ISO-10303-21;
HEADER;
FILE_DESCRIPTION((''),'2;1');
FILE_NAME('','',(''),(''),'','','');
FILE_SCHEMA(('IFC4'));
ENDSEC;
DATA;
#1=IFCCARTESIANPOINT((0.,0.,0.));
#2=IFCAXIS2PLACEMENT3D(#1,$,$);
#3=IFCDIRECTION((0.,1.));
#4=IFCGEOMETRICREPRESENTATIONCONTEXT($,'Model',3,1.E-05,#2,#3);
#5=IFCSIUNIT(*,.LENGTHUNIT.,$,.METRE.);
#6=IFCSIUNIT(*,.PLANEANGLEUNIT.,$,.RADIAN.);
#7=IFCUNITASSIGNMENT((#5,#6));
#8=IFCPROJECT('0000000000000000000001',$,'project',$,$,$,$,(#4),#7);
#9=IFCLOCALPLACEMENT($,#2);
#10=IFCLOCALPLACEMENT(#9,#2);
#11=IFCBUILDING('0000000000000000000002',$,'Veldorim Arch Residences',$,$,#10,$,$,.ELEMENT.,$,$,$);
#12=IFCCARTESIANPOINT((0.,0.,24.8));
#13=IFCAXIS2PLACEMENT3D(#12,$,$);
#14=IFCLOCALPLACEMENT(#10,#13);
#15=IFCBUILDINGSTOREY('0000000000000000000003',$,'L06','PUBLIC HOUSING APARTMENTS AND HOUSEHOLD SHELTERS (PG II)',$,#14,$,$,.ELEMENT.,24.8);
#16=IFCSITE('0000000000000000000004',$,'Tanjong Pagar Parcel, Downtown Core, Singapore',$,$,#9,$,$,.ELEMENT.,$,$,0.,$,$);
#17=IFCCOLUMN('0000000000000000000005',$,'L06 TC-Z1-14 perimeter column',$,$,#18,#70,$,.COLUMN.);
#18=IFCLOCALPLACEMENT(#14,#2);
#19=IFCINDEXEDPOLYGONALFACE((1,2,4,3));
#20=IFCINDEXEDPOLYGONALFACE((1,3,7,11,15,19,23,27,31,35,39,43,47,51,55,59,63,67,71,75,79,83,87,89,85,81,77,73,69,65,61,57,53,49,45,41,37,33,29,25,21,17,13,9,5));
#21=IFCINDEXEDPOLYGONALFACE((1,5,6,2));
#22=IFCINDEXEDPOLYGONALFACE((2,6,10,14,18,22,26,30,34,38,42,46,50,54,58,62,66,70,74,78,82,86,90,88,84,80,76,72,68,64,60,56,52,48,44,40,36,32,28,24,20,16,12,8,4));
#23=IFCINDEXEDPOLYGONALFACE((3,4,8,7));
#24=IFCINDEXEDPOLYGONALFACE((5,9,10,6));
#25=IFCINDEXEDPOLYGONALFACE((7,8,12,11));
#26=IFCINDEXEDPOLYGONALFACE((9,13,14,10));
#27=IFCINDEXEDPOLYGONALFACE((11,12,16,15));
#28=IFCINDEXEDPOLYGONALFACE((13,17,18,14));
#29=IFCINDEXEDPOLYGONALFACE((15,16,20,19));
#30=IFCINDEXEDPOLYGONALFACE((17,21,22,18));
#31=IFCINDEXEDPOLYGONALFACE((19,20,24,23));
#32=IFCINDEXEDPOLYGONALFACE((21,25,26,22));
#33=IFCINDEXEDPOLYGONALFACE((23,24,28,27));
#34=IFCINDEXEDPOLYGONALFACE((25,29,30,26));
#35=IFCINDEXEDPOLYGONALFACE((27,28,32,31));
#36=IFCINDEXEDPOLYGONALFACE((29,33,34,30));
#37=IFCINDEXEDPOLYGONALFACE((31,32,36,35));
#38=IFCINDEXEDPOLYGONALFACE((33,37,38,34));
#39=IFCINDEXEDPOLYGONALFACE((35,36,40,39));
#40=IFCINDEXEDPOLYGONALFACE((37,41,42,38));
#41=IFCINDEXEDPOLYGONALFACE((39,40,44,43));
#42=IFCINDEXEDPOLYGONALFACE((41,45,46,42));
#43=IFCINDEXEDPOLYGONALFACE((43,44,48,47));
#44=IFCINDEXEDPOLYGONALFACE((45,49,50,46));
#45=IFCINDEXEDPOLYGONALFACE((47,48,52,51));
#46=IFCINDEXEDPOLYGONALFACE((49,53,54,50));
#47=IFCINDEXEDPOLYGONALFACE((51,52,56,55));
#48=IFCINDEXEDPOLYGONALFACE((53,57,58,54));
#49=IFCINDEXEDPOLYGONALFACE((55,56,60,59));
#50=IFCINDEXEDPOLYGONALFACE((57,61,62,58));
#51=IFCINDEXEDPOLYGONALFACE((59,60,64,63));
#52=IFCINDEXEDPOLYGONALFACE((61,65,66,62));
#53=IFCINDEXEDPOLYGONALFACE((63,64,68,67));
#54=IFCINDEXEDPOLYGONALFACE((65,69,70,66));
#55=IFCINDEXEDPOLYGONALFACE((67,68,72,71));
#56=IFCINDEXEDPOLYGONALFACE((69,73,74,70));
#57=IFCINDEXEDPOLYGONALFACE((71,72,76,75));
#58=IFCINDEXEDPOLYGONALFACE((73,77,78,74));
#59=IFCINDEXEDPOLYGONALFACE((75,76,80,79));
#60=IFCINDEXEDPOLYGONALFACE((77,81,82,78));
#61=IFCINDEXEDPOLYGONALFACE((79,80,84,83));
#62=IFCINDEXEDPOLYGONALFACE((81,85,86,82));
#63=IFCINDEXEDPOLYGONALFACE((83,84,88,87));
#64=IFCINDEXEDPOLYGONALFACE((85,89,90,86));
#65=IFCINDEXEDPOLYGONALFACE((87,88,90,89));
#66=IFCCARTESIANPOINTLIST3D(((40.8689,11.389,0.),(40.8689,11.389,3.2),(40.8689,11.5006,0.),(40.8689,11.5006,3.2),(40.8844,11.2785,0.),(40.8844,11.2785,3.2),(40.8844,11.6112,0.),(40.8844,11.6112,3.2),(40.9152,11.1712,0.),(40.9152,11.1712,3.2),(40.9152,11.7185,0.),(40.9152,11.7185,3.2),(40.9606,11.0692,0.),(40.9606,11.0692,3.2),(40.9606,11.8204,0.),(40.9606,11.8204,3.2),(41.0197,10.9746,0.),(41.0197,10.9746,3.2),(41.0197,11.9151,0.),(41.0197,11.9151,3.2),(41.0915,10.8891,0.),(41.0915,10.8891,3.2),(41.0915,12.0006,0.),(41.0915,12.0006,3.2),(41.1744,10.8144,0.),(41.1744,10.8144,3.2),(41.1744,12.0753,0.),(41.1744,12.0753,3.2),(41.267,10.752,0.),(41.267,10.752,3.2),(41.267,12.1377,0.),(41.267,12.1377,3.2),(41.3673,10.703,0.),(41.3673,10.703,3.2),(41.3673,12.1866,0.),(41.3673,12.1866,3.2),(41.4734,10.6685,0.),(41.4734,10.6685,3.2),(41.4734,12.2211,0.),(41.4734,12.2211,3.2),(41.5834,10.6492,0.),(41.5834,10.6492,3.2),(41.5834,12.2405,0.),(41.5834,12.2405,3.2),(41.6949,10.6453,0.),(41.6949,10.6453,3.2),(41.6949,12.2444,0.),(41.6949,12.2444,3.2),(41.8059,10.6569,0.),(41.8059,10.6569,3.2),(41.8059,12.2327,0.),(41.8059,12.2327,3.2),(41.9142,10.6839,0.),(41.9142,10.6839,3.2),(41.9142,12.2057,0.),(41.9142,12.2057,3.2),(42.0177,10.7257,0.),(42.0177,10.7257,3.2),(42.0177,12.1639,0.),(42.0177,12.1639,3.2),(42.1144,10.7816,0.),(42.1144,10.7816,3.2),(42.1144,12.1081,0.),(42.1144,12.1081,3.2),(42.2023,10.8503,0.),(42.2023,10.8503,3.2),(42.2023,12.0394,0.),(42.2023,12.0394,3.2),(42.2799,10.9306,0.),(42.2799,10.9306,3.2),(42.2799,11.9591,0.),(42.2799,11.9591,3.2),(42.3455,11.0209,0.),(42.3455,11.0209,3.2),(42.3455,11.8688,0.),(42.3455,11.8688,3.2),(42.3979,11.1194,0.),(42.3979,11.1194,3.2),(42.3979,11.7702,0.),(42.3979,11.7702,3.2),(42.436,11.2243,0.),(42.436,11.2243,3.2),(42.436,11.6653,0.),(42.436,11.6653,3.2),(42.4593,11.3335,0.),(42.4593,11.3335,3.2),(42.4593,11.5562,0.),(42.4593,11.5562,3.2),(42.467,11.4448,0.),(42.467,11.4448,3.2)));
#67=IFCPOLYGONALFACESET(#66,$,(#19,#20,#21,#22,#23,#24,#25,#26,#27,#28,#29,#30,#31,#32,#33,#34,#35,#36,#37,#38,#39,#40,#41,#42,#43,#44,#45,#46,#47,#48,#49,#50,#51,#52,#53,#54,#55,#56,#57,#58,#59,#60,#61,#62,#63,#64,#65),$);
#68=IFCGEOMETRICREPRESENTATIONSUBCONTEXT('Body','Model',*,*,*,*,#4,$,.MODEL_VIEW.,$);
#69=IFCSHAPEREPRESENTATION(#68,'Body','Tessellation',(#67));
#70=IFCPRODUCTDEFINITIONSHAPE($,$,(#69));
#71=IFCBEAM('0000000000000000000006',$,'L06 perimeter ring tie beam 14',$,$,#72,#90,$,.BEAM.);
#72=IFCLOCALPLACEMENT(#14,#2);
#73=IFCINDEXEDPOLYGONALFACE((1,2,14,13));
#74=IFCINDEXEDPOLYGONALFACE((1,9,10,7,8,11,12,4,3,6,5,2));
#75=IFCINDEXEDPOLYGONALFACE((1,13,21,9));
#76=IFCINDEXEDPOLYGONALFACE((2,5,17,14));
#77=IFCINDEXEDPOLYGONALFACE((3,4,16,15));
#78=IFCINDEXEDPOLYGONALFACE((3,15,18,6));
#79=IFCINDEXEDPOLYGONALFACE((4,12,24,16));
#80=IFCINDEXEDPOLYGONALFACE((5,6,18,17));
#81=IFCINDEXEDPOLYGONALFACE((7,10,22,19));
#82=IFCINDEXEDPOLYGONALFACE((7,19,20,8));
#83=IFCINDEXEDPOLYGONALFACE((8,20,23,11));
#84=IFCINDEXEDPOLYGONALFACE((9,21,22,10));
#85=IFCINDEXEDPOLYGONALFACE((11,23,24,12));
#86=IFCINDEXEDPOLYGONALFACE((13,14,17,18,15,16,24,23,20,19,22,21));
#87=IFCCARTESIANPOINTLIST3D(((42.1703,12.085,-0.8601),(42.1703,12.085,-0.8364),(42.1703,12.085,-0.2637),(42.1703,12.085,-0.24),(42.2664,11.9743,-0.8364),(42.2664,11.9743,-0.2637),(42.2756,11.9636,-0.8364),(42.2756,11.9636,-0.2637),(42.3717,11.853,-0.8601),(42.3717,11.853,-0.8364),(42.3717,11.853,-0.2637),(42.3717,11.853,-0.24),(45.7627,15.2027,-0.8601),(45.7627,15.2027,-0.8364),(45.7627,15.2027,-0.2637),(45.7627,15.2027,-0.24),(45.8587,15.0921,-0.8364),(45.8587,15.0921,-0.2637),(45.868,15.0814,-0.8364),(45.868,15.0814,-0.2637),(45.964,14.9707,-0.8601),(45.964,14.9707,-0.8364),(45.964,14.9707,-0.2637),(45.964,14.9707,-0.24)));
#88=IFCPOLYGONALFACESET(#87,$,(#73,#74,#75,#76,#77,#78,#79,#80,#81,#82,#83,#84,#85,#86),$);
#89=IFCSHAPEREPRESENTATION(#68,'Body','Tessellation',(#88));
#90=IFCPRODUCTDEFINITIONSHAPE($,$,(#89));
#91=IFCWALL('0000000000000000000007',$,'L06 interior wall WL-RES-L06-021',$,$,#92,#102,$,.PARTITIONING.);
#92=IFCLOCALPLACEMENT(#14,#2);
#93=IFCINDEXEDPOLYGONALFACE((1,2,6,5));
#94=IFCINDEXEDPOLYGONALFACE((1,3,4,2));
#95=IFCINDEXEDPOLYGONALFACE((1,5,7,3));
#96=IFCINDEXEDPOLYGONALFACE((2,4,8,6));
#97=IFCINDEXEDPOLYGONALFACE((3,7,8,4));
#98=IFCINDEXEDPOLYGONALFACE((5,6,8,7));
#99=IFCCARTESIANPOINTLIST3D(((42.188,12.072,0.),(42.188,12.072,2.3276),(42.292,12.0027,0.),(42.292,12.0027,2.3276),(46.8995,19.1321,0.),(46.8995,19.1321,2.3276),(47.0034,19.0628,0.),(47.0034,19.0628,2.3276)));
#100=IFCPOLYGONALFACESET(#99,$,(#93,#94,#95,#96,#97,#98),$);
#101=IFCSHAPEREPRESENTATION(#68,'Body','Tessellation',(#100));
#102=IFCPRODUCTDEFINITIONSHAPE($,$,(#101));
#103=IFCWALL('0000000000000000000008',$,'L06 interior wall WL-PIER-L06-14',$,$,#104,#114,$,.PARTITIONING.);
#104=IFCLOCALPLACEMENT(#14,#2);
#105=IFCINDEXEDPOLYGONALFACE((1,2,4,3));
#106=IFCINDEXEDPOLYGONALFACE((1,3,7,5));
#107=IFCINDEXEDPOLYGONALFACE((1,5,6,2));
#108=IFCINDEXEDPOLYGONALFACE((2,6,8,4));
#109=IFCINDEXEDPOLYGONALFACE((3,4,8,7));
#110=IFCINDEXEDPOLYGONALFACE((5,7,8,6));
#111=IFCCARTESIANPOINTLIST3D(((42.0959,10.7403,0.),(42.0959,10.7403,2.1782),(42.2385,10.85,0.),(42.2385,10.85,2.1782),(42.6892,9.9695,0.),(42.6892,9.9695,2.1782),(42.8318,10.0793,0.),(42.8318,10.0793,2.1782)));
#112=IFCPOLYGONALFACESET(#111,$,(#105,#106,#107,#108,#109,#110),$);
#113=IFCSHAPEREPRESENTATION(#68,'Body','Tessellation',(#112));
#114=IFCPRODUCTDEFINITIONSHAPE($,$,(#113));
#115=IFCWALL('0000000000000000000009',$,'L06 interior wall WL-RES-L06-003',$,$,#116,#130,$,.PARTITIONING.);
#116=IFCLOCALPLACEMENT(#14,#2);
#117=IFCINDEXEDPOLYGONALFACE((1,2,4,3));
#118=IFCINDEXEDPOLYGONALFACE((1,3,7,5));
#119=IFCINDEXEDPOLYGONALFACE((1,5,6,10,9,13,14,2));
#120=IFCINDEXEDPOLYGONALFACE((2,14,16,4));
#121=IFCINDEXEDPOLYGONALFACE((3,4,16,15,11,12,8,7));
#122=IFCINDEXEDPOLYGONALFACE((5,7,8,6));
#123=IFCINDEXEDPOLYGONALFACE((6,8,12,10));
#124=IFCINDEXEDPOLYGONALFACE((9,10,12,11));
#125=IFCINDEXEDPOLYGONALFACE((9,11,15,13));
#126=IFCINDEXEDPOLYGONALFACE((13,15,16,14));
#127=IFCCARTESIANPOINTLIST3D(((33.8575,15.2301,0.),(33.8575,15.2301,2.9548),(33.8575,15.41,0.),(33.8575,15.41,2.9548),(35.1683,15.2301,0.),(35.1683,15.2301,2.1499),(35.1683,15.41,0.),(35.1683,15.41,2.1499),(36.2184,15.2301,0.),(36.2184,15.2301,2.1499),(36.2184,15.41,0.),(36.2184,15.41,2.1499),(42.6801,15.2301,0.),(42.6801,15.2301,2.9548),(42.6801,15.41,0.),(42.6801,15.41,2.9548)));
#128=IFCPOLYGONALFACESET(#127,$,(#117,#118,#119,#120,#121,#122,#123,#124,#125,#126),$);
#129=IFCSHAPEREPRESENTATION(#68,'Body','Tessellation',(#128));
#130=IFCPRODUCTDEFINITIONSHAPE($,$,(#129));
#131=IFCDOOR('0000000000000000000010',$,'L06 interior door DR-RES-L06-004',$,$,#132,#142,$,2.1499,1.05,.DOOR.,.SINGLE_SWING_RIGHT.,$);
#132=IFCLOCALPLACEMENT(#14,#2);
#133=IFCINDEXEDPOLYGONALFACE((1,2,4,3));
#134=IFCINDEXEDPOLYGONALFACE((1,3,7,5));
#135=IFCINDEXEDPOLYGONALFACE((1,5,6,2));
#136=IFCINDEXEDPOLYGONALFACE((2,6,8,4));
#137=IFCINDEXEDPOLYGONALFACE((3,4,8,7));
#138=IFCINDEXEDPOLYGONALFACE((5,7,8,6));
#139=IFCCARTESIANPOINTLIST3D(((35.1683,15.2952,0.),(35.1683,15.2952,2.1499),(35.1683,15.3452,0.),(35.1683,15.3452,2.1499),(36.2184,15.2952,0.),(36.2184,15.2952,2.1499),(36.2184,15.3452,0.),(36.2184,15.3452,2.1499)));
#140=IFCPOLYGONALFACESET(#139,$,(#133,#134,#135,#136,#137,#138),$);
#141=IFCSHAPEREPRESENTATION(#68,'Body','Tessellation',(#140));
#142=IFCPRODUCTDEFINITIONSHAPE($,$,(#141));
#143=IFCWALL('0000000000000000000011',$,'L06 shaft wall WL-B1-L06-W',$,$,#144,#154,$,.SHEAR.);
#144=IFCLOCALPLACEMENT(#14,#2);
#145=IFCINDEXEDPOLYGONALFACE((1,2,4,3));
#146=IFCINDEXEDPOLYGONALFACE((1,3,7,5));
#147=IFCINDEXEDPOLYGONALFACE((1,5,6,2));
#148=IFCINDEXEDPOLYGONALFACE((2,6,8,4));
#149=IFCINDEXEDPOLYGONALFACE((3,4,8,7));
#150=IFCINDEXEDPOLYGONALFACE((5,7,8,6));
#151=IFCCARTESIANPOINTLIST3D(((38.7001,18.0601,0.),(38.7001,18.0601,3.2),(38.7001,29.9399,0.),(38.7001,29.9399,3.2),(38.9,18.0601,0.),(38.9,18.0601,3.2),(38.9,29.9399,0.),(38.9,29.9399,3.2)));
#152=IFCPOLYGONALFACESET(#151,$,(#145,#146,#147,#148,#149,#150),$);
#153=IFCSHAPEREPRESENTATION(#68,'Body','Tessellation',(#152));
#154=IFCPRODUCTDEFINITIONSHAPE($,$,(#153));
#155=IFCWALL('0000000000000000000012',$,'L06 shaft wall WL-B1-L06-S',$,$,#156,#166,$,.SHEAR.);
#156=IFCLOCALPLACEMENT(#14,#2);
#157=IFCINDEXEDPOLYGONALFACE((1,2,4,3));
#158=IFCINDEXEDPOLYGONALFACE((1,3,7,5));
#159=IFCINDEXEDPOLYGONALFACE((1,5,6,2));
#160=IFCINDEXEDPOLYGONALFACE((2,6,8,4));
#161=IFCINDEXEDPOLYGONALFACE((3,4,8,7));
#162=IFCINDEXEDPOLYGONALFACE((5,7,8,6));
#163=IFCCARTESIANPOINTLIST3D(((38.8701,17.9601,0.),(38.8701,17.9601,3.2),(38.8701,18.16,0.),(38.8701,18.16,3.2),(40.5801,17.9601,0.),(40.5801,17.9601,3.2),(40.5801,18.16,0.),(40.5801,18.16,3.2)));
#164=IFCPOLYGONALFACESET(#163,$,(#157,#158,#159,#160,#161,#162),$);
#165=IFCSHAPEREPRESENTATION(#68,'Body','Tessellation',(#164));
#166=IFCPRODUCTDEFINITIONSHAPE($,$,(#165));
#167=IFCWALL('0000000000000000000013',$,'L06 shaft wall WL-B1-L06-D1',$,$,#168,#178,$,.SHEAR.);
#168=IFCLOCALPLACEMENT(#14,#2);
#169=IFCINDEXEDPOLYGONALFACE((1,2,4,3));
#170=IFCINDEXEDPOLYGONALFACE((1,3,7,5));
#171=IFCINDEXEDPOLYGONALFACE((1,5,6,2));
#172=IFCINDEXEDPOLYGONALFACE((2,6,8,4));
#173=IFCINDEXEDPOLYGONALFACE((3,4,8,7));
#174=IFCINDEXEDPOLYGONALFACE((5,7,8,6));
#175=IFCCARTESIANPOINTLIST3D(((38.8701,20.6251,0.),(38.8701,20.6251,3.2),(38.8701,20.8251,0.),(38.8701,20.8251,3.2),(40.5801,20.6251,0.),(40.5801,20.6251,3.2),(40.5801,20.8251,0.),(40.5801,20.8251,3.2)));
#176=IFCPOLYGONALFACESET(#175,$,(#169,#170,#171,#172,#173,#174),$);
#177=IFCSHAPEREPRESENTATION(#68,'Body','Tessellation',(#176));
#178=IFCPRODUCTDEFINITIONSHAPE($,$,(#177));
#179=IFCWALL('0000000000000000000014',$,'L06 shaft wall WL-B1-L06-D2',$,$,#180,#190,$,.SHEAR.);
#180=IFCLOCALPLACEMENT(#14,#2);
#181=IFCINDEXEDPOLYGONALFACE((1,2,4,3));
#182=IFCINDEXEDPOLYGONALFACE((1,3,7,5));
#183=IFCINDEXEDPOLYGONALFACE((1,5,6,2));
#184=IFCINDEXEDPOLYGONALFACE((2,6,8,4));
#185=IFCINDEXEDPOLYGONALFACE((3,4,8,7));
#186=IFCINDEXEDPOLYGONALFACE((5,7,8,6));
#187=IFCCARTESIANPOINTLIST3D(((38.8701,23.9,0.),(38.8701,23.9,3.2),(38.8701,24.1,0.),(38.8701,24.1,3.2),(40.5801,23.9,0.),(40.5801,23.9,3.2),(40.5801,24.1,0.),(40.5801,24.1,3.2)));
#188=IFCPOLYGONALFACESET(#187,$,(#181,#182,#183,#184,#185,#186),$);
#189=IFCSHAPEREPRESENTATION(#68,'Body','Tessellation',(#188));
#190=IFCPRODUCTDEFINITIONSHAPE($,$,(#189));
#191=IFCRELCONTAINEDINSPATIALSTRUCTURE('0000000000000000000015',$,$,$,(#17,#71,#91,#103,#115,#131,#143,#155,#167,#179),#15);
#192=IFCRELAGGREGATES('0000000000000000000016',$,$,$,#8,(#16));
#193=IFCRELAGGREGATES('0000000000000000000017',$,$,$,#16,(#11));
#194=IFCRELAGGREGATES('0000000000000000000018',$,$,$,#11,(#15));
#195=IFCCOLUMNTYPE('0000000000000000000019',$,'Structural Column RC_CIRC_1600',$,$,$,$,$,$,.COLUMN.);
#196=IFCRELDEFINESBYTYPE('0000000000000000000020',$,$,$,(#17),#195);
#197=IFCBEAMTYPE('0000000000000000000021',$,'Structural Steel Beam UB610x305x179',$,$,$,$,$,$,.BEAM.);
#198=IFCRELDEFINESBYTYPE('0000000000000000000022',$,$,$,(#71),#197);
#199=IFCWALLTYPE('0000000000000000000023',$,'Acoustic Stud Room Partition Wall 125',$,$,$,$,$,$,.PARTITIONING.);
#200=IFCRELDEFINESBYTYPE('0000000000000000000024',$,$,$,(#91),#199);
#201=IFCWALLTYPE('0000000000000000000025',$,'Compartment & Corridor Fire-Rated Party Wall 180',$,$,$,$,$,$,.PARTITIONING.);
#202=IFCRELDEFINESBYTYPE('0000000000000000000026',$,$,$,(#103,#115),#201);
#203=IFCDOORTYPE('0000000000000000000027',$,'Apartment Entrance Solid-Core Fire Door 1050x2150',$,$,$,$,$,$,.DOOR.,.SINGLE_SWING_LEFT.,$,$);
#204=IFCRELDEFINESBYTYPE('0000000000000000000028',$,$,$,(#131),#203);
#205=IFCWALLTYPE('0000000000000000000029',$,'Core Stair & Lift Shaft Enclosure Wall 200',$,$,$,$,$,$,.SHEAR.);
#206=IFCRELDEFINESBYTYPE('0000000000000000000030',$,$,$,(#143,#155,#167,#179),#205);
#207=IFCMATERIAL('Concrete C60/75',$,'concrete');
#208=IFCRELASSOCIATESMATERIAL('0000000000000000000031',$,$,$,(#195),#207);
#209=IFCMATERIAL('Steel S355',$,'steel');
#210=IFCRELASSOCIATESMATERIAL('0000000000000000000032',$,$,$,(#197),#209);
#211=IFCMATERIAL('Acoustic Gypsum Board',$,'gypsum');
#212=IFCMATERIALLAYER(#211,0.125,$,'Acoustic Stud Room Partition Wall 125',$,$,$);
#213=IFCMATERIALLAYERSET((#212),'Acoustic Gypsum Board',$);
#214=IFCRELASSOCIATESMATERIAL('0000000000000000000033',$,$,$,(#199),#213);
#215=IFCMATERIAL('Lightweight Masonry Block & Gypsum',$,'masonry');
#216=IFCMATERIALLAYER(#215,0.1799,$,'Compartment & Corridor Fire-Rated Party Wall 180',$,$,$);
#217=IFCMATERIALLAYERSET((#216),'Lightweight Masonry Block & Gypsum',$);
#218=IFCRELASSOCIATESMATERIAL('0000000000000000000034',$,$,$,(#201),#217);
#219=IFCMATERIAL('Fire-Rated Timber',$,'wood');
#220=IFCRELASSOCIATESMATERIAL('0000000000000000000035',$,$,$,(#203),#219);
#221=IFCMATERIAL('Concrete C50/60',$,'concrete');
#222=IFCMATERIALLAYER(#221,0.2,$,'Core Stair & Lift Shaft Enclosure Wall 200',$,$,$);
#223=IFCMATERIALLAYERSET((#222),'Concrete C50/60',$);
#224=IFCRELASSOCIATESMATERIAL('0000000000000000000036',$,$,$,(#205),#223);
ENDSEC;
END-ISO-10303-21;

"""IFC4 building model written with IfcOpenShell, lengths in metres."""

from ifc_helpers import new_model, si_unit, direction, frame, frame_2d, origin, origin_2d, place, context, subcontext, project, spatial, rectangle, circle, i_section, extrude, material, layer, layer_set, material_profile, profile_set, type_object, element, fill, save


model = new_model("IFC4")

# Units and contexts
model_context = context("Model", 3, precision=1e-05, world=origin(), true_north=direction((0.0, 1.0)))
body_context = subcontext(model_context, "Body", "Model", "MODEL_VIEW")
ifc_project = project(units=[si_unit("LENGTHUNIT", "METRE"), si_unit("PLANEANGLEUNIT", "RADIAN")], contexts=[model_context])

# Site, building, storey
site_placement = place(None, origin())
site = spatial("IfcSite", under=ifc_project, at=site_placement, Name="Tanjong Pagar Parcel, Downtown Core, Singapore", CompositionType="ELEMENT", RefElevation=0.0)
building_placement = place(site_placement, origin())
building = spatial("IfcBuilding", under=site, at=building_placement, Name="Veldorim Arch Residences", CompositionType="ELEMENT")
storey_placement = place(building_placement, frame((0.0, 0.0, 24.8)))
storey = spatial("IfcBuildingStorey", under=building, at=storey_placement, Name="L06", Description="PUBLIC HOUSING APARTMENTS AND HOUSEHOLD SHELTERS (PG II)", CompositionType="ELEMENT", Elevation=24.8)

# Column
ifc_material_1 = material(Name="Concrete C60/75", Category="concrete")
ifc_material_profile_1 = material_profile(ifc_material_1, circle(Radius=0.8, at=origin_2d()), Name="RC_CIRC_1600")
ifc_profile_set_1 = profile_set([ifc_material_profile_1], Name="Concrete C60/75")
column_type = type_object("IfcColumnType", Name="Structural Column RC_CIRC_1600", PredefinedType="COLUMN", material=ifc_profile_set_1)
column_placement = place(storey_placement, frame((41.667, 11.4448, 0.0), z_axis=(0.0, 0.0, 1.0), x_axis=(1.0, 0.0, 0.0)))
element("IfcColumn", 1, at=column_placement, inside=storey, type_object=column_type, Name="L06 TC-Z1-14 perimeter column", PredefinedType="COLUMN", context=body_context, shape_type="SweptSolid", body=[
    extrude(circle(Radius=0.8, at=origin_2d()), origin(), (0.0, 0.0, 1.0), 3.2),
])

# Beam
ifc_material_2 = material(Name="Steel S355", Category="steel")
ifc_material_profile_2 = material_profile(ifc_material_2, i_section(OverallWidth=0.3071, OverallDepth=0.6201, WebThickness=0.0142, FlangeThickness=0.0237, at=origin_2d()), Name="UB610x305x179")
ifc_profile_set_2 = profile_set([ifc_material_profile_2], Name="Steel S355")
beam_type = type_object("IfcBeamType", Name="Structural Steel Beam UB610x305x179", PredefinedType="BEAM", material=ifc_profile_set_2)
beam_placement = place(storey_placement, frame((42.271, 11.969, -0.55), z_axis=(0.755235, 0.655454, 0.0), x_axis=(-0.655454, 0.755235, 0.0)))
element("IfcBeam", 2, at=beam_placement, inside=storey, type_object=beam_type, Name="L06 perimeter ring tie beam 14", PredefinedType="BEAM", context=body_context, shape_type="SweptSolid", body=[
    extrude(i_section(OverallWidth=0.3071, OverallDepth=0.6201, WebThickness=0.0142, FlangeThickness=0.0237, at=origin_2d()), origin(), (0.0, 0.0, 1.0), 4.7566),
])

# Walls
ifc_material_3 = material(Name="Acoustic Gypsum Board", Category="gypsum")
ifc_layer_1 = layer(ifc_material_3, 0.125, Name="Acoustic Stud Room Partition Wall 125")
ifc_layer_set_1 = layer_set([ifc_layer_1], Name="Acoustic Gypsum Board")
wall_type_1 = type_object("IfcWallType", Name="Acoustic Stud Room Partition Wall 125", PredefinedType="PARTITIONING", material=ifc_layer_set_1)
wall_1_placement = place(storey_placement, frame((42.24, 12.0374, 0.0), z_axis=(0.0, 0.0, 1.0), x_axis=(0.555085, 0.831794, 0.0)))
element("IfcWall", 3, at=wall_1_placement, inside=storey, type_object=wall_type_1, Name="L06 interior wall WL-RES-L06-021", PredefinedType="PARTITIONING", context=body_context, shape_type="SweptSolid", body=[
    extrude(rectangle(XDim=8.4878, YDim=0.125, at=frame_2d((4.2439, 0.0))), origin(), (0.0, 0.0, 1.0), 2.3276),
])
ifc_material_4 = material(Name="Lightweight Masonry Block & Gypsum", Category="masonry")
ifc_layer_2 = layer(ifc_material_4, 0.1799, Name="Compartment & Corridor Fire-Rated Party Wall 180")
ifc_layer_set_2 = layer_set([ifc_layer_2], Name="Lightweight Masonry Block & Gypsum")
wall_type_2 = type_object("IfcWallType", Name="Compartment & Corridor Fire-Rated Party Wall 180", PredefinedType="PARTITIONING", material=ifc_layer_set_2)
wall_2_placement = place(storey_placement, frame((42.1672, 10.7952, 0.0), z_axis=(0.0, 0.0, 1.0), x_axis=(0.609953, -0.792437, 0.0)))
element("IfcWall", 4, at=wall_2_placement, inside=storey, type_object=wall_type_2, Name="L06 interior wall WL-PIER-L06-14", PredefinedType="PARTITIONING", context=body_context, shape_type="SweptSolid", body=[
    extrude(rectangle(XDim=0.9727, YDim=0.1799, at=frame_2d((0.4863, 0.0))), origin(), (0.0, 0.0, 1.0), 2.1782),
])

# Wall, opening, door
wall_3_placement = place(storey_placement, frame((42.6799, 15.3201, 0.0), z_axis=(0.0, 0.0, 1.0), x_axis=(-1.0, 0.0, 0.0)))
wall_3 = element("IfcWall", 5, at=wall_3_placement, inside=storey, type_object=wall_type_2, Name="L06 interior wall WL-RES-L06-003", PredefinedType="PARTITIONING", context=body_context, shape_type="SweptSolid", body=[
    extrude(rectangle(XDim=8.8225, YDim=0.1799, at=frame_2d((4.4111, 0.0))), origin(), (0.0, 0.0, 1.0), 2.9548),
])
opening_1_placement = place(wall_3_placement, frame((6.4617, 0.0, 0.0)))
opening_1 = element("IfcOpeningElement", 6, at=opening_1_placement, cuts=wall_3, PredefinedType="OPENING", context=body_context, shape_type="SweptSolid", body=[
    extrude(rectangle(XDim=1.05, YDim=2.1499, at=frame_2d((0.5249, 1.075))), frame((0.0, 0.0999, 0.0), z_axis=(0.0, -1.0, 0.0), x_axis=(1.0, 0.0, 0.0)), (0.0, 0.0, 1.0), 0.2),
])
ifc_material_5 = material(Name="Fire-Rated Timber", Category="wood")
door_type_1 = type_object("IfcDoorType", Name="Apartment Entrance Solid-Core Fire Door 1050x2150", OperationType="SINGLE_SWING_LEFT", PredefinedType="DOOR", material=ifc_material_5)
door_1_placement = place(opening_1_placement, origin())
door_1 = element("IfcDoor", 7, at=door_1_placement, inside=storey, type_object=door_type_1, Name="L06 interior door DR-RES-L06-004", OperationType="SINGLE_SWING_RIGHT", OverallHeight=2.1499, OverallWidth=1.05, PredefinedType="DOOR", context=body_context, shape_type="SweptSolid", body=[
    extrude(rectangle(XDim=1.05, YDim=2.1499, at=frame_2d((0.5249, 1.075))), frame((0.0, 0.0249, 0.0), z_axis=(0.0, -1.0, 0.0), x_axis=(1.0, 0.0, 0.0)), (0.0, 0.0, 1.0), 0.05),
])
fill(opening_1, door_1)

# Walls
ifc_material_6 = material(Name="Concrete C50/60", Category="concrete")
ifc_layer_3 = layer(ifc_material_6, 0.2, Name="Core Stair & Lift Shaft Enclosure Wall 200")
ifc_layer_set_3 = layer_set([ifc_layer_3], Name="Concrete C50/60")
wall_type_3 = type_object("IfcWallType", Name="Core Stair & Lift Shaft Enclosure Wall 200", PredefinedType="SHEAR", material=ifc_layer_set_3)
wall_4_placement = place(storey_placement, frame((38.8, 18.0601, 0.0), z_axis=(0.0, 0.0, 1.0), x_axis=(0.0, 1.0, 0.0)))
element("IfcWall", 8, at=wall_4_placement, inside=storey, type_object=wall_type_3, Name="L06 shaft wall WL-B1-L06-W", PredefinedType="SHEAR", context=body_context, shape_type="SweptSolid", body=[
    extrude(rectangle(XDim=11.8799, YDim=0.2, at=frame_2d((5.9399, 0.0))), origin(), (0.0, 0.0, 1.0), 3.2),
])
for number, where, z_axis, x_axis, name in (
    (9, (38.8701, 18.0601, 0.0), (0.0, 0.0, 1.0), (1.0, 0.0, 0.0), "L06 shaft wall WL-B1-L06-S"),
    (10, (38.8701, 20.7251, 0.0), (0.0, 0.0, 1.0), (1.0, 0.0, 0.0), "L06 shaft wall WL-B1-L06-D1"),
    (11, (38.8701, 24.0, 0.0), (0.0, 0.0, 1.0), (1.0, 0.0, 0.0), "L06 shaft wall WL-B1-L06-D2"),
):
    element("IfcWall", number, at=place(storey_placement, frame(where, z_axis=z_axis, x_axis=x_axis)), inside=storey, type_object=wall_type_3, Name=name, PredefinedType="SHEAR", context=body_context, shape_type="SweptSolid", body=[
        extrude(rectangle(XDim=1.71, YDim=0.2, at=frame_2d((0.855, 0.0))), origin(), (0.0, 0.0, 1.0), 3.2),
    ])

save(model, "model.ifc")
